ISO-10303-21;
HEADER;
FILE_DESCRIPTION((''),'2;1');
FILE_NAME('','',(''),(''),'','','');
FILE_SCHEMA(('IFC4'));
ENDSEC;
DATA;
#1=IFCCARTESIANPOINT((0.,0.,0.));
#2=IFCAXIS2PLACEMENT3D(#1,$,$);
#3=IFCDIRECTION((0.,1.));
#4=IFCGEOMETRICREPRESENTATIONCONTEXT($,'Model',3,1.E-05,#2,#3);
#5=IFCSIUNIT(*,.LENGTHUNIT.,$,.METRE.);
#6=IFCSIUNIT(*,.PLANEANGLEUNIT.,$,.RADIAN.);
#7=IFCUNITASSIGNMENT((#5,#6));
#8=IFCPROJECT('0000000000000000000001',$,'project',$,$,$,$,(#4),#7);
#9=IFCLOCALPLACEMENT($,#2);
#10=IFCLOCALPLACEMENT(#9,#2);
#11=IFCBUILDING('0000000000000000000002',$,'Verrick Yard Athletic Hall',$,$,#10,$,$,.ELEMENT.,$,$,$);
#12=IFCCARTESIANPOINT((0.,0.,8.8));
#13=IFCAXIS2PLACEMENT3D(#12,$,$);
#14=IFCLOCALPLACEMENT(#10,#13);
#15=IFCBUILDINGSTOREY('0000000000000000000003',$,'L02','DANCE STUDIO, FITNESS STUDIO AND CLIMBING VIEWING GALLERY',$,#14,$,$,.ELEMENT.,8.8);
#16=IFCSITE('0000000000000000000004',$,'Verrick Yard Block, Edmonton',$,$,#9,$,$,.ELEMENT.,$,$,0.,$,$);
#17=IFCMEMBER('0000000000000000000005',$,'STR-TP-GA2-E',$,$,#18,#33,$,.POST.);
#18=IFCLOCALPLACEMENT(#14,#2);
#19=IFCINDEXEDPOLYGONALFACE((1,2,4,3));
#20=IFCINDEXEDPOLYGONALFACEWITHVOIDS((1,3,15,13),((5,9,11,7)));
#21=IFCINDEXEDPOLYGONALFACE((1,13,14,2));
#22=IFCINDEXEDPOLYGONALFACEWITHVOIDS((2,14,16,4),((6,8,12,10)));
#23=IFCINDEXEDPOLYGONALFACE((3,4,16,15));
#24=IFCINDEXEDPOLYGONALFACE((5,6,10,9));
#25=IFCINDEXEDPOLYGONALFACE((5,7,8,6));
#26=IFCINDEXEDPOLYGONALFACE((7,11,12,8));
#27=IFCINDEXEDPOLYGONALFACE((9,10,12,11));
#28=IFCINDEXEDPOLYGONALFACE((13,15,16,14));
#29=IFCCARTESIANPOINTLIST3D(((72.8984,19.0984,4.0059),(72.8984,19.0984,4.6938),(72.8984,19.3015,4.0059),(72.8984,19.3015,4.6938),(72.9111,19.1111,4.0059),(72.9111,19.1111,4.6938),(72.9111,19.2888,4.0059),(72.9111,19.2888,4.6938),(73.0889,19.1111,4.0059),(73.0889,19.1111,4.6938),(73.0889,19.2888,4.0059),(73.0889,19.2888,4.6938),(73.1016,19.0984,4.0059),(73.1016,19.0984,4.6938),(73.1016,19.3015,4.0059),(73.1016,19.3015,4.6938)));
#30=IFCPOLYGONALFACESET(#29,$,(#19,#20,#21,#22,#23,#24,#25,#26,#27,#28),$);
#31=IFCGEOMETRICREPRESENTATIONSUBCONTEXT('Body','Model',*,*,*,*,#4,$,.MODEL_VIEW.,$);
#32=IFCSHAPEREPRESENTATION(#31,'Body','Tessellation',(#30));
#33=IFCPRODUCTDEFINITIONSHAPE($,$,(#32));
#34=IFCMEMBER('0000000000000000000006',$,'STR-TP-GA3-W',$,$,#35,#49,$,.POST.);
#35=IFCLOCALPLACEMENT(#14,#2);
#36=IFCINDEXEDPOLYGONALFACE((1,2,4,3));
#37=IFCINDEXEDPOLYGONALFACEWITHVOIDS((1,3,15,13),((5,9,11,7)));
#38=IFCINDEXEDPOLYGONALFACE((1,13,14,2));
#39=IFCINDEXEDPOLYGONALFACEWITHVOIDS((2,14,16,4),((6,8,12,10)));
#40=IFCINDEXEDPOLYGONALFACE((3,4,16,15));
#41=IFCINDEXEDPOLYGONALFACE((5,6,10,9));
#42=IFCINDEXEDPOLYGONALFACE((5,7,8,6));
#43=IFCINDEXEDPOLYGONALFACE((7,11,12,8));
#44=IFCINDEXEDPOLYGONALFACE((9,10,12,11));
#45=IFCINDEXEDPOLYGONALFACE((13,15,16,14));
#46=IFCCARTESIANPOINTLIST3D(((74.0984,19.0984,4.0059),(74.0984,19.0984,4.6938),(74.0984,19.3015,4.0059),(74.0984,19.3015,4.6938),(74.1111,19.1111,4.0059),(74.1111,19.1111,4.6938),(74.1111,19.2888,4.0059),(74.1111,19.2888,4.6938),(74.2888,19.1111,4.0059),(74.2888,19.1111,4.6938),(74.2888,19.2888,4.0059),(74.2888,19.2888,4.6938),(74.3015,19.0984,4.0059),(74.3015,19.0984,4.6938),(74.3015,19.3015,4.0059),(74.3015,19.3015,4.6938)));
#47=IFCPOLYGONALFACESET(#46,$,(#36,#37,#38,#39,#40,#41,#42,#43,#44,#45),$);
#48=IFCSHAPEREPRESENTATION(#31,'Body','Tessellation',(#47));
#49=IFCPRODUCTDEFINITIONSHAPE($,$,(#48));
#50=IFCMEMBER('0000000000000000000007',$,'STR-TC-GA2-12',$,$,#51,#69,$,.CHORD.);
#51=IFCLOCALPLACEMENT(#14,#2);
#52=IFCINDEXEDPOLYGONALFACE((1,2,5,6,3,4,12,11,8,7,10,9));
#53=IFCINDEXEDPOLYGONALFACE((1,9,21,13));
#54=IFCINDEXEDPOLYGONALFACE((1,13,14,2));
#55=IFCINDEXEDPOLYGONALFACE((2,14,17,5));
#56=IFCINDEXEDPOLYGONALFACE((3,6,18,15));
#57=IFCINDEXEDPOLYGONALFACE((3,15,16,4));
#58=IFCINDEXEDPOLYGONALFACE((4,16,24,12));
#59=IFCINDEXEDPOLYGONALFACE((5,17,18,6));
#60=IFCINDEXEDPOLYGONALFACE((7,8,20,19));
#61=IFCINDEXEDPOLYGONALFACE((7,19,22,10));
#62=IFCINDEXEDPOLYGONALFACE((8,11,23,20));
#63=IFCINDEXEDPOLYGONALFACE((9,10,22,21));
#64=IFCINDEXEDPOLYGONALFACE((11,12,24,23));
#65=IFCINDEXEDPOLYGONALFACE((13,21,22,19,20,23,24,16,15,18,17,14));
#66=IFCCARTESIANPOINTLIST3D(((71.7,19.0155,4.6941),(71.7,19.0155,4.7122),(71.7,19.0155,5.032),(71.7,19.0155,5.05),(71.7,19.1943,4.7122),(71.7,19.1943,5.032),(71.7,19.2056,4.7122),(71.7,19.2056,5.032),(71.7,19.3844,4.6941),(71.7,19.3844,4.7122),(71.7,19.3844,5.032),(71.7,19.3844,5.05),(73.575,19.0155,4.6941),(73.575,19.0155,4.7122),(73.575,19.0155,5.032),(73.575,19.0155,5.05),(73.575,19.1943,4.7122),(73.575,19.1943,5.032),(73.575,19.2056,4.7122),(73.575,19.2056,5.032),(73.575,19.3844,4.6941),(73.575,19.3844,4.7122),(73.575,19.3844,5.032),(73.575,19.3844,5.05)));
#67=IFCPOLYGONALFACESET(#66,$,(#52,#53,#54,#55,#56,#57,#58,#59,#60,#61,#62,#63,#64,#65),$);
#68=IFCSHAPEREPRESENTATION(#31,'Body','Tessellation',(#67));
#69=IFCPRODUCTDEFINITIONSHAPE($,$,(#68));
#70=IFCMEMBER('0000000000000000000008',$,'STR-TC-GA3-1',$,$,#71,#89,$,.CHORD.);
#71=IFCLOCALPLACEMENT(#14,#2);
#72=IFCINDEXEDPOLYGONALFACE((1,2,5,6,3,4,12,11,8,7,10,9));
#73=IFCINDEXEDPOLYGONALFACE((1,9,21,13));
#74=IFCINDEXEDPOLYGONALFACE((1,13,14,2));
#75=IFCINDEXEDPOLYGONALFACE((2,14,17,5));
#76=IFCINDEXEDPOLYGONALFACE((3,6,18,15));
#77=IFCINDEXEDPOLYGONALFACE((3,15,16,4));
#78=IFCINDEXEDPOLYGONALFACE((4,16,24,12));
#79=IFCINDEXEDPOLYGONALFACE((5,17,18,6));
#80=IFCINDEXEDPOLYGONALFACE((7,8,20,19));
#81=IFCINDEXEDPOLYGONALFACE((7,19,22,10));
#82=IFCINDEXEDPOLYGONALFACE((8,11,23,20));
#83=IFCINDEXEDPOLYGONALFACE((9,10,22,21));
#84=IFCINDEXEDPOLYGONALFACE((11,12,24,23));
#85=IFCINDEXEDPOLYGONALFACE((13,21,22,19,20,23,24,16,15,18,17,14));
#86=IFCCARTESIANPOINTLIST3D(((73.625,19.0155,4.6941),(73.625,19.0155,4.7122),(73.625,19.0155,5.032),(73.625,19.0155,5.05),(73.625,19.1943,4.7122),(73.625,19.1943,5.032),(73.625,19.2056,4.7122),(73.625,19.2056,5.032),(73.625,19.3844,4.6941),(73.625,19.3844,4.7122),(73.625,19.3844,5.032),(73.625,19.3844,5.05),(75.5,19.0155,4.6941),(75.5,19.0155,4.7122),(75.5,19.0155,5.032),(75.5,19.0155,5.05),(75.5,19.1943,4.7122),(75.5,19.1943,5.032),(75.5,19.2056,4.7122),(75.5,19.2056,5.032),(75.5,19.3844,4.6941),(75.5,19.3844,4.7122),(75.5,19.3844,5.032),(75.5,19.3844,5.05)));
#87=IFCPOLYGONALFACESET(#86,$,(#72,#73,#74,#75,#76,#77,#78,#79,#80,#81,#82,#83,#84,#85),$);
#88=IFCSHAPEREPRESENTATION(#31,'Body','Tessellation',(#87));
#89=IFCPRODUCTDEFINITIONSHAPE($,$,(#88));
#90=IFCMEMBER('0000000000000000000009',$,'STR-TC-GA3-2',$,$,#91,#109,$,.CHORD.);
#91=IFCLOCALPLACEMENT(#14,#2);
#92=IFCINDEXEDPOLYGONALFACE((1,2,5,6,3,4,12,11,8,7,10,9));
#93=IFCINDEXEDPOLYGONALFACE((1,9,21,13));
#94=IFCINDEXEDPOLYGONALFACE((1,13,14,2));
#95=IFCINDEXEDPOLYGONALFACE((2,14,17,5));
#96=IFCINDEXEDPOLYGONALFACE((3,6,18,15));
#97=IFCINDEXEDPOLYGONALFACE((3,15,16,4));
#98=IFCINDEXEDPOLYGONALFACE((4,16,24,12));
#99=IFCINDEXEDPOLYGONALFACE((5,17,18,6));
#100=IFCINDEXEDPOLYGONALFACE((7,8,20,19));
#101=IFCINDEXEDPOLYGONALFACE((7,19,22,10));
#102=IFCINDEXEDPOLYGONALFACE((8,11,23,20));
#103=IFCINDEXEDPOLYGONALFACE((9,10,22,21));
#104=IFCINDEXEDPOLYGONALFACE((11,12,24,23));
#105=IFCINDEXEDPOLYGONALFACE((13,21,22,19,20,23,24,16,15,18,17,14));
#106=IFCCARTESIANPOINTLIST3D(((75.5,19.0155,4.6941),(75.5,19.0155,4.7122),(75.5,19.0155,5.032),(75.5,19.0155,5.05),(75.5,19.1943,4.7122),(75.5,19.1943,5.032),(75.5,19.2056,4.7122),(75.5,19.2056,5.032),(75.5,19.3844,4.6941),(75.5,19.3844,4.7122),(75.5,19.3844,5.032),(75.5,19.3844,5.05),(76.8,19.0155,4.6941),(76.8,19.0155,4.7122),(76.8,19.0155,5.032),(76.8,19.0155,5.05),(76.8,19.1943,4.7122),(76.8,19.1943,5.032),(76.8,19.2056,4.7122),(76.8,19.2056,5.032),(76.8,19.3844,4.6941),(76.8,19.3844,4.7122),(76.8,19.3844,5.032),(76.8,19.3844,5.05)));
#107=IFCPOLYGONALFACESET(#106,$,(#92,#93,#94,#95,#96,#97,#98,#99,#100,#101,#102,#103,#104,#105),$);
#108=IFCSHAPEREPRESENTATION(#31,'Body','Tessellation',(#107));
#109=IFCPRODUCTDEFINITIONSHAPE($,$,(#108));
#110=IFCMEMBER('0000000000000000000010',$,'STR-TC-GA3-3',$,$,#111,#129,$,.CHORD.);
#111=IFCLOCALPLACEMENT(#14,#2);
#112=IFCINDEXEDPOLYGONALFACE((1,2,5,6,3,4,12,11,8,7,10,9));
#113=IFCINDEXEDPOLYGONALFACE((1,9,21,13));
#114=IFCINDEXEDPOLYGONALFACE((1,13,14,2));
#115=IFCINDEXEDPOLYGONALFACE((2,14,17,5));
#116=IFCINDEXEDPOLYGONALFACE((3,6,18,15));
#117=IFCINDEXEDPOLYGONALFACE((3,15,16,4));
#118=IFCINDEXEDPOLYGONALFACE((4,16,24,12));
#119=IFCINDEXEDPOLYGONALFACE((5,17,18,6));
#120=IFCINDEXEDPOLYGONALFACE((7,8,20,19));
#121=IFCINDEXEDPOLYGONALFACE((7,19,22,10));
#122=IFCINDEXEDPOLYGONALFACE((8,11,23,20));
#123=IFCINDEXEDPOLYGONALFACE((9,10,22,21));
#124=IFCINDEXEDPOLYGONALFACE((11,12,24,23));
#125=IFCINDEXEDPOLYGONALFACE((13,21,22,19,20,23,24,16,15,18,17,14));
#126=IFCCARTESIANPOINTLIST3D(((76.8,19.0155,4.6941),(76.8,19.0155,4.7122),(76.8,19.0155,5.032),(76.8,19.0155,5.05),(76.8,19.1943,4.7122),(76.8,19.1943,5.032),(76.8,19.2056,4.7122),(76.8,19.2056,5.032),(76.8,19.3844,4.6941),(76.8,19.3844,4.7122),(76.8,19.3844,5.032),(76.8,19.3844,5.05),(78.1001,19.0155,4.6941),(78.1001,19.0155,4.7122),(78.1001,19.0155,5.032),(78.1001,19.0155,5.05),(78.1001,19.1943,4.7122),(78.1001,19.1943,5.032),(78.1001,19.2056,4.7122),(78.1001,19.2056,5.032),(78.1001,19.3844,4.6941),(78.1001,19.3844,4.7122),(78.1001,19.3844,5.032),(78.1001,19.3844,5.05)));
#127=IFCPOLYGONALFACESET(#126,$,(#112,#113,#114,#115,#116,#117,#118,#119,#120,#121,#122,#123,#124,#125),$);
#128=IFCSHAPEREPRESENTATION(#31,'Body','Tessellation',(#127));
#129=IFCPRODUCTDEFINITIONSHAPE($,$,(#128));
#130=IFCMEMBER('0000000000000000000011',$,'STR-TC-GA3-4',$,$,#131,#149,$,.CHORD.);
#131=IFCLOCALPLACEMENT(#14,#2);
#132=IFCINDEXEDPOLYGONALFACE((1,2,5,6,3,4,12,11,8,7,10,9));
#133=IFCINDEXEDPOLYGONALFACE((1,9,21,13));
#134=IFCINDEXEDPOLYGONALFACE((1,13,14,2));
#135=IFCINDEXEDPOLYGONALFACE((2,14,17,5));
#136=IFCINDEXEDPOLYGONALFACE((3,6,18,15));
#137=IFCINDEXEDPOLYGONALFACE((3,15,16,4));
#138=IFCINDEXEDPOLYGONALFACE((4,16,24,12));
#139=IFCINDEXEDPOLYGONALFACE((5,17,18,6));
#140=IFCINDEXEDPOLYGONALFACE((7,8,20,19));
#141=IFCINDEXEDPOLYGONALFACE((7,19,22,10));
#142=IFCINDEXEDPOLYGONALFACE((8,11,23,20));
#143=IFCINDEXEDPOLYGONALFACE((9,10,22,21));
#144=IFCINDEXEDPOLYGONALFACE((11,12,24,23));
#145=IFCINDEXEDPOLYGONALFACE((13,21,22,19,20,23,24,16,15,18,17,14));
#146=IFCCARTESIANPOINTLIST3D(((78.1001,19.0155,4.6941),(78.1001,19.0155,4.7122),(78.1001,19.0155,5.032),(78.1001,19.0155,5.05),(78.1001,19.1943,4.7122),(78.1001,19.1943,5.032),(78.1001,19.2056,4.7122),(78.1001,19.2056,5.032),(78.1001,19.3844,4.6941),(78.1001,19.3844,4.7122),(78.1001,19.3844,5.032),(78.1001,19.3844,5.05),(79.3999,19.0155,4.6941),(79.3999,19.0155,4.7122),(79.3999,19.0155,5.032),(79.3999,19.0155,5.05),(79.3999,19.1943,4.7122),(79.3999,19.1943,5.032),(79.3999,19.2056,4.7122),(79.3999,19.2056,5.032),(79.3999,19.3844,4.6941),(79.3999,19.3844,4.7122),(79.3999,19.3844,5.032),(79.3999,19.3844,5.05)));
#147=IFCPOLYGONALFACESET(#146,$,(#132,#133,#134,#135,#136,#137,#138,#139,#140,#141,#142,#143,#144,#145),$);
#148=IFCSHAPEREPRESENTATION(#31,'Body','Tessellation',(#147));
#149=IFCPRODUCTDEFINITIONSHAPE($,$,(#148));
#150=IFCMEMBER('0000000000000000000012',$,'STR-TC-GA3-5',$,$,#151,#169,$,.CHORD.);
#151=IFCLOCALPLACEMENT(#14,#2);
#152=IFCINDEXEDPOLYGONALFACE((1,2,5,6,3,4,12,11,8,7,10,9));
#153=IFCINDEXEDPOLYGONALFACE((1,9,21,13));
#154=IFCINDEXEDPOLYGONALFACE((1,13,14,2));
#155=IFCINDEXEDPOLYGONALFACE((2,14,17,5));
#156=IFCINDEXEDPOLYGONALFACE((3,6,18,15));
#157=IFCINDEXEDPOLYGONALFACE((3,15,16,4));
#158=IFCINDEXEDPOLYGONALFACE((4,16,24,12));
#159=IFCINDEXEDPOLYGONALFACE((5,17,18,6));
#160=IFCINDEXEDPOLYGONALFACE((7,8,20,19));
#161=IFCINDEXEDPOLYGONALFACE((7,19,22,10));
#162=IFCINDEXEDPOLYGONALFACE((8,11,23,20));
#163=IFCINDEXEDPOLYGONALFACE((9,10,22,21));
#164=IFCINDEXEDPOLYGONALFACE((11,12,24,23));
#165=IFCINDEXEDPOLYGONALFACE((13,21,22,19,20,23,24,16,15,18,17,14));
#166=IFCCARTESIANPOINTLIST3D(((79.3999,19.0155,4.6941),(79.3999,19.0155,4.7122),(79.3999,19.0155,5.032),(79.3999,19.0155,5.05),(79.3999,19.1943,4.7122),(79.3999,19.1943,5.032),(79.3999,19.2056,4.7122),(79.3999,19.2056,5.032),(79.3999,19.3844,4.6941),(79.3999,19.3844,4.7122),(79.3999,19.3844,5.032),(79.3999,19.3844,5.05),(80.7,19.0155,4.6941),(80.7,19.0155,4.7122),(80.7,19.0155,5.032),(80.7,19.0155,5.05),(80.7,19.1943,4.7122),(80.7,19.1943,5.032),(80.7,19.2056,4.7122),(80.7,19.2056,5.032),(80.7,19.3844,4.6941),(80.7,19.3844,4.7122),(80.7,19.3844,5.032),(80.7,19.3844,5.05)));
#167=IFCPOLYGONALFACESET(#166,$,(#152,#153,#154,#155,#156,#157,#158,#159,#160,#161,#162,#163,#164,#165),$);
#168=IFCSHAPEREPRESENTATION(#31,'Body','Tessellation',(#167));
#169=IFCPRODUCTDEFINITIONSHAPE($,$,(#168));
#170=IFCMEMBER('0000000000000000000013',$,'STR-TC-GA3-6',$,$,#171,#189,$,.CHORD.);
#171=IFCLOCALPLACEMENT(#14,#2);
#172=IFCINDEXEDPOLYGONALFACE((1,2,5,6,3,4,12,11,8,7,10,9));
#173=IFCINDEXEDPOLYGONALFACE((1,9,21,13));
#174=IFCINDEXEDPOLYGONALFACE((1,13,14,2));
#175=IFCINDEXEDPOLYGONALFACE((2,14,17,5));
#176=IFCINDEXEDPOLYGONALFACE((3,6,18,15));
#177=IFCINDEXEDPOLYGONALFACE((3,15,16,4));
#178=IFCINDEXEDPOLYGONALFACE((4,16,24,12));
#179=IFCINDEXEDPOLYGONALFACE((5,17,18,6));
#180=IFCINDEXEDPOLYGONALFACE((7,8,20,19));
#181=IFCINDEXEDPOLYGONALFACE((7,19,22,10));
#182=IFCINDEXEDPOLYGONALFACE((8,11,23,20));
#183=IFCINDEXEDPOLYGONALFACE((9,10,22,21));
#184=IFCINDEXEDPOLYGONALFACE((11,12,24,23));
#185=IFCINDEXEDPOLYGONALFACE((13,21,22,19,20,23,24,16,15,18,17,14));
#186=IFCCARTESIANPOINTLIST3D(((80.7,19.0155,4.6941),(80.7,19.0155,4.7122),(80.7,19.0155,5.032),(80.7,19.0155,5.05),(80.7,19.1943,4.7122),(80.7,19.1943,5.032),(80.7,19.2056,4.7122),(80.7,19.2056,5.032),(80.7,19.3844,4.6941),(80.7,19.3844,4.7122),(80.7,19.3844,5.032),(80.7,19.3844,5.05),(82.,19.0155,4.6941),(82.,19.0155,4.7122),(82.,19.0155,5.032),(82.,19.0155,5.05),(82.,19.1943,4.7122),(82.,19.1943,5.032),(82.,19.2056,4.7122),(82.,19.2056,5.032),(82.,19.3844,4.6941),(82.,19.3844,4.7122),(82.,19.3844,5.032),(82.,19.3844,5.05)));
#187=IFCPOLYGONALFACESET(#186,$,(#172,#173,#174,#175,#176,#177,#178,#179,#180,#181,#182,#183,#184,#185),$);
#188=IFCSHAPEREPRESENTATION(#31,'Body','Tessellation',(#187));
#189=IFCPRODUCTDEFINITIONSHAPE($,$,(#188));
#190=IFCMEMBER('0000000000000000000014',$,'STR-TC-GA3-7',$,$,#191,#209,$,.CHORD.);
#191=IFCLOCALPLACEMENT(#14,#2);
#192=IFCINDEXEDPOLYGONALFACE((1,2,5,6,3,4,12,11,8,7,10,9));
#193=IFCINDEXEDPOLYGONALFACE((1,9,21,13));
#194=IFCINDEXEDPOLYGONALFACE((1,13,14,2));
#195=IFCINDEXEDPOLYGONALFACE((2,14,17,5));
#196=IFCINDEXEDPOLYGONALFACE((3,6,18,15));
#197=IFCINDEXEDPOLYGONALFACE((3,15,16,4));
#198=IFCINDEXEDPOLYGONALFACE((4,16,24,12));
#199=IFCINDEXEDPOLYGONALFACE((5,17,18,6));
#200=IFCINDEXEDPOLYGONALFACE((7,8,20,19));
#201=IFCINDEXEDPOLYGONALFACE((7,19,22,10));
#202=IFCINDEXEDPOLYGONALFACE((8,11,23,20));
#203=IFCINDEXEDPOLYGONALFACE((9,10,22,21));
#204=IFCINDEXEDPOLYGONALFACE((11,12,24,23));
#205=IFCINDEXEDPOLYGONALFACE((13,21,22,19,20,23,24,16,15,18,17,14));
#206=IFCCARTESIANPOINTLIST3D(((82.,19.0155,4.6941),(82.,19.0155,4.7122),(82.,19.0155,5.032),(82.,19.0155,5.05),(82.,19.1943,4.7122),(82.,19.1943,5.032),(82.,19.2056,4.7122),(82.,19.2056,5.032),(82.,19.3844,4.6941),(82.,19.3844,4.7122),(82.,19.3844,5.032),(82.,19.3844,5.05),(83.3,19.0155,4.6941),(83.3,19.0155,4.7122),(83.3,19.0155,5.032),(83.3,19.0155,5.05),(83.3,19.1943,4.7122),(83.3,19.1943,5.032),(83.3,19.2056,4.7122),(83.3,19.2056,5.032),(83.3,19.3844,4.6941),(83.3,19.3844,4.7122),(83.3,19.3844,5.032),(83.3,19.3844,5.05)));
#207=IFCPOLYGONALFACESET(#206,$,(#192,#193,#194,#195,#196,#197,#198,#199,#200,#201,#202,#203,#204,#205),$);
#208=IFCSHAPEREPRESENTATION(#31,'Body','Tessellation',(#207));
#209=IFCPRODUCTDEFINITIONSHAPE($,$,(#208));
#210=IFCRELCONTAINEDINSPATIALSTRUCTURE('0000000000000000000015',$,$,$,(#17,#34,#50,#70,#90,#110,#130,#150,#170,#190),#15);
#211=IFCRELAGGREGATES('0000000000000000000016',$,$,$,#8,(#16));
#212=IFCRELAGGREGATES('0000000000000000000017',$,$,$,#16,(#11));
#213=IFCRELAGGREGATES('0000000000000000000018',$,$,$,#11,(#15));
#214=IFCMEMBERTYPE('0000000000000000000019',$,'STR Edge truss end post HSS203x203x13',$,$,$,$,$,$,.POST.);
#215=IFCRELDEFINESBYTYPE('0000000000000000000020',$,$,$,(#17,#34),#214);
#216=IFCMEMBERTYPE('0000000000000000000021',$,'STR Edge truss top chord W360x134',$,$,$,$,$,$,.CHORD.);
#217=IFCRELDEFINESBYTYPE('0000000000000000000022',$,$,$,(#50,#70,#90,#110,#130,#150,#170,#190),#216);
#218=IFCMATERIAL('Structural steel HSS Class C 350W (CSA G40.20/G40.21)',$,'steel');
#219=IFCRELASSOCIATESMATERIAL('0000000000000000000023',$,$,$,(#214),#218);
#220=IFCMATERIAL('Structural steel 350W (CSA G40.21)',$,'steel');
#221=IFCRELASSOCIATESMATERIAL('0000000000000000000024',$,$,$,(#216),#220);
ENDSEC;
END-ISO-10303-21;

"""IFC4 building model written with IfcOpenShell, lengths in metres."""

from ifc_helpers import new_model, si_unit, direction, frame, origin, origin_2d, place, context, subcontext, project, spatial, hollow_rectangle, i_section, extrude, material, material_profile, profile_set, type_object, element, save


model = new_model("IFC4")

# Units and contexts
model_context = context("Model", 3, precision=1e-05, world=origin(), true_north=direction((0.0, 1.0)))
body_context = subcontext(model_context, "Body", "Model", "MODEL_VIEW")
ifc_project = project(units=[si_unit("LENGTHUNIT", "METRE"), si_unit("PLANEANGLEUNIT", "RADIAN")], contexts=[model_context])

# Site, building, storey
site_placement = place(None, origin())
site = spatial("IfcSite", under=ifc_project, at=site_placement, Name="Verrick Yard Block, Edmonton", CompositionType="ELEMENT", RefElevation=0.0)
building_placement = place(site_placement, origin())
building = spatial("IfcBuilding", under=site, at=building_placement, Name="Verrick Yard Athletic Hall", CompositionType="ELEMENT")
storey_placement = place(building_placement, frame((0.0, 0.0, 8.8)))
storey = spatial("IfcBuildingStorey", under=building, at=storey_placement, Name="L02", Description="DANCE STUDIO, FITNESS STUDIO AND CLIMBING VIEWING GALLERY", CompositionType="ELEMENT", Elevation=8.8)

# Members
ifc_material_1 = material(Name="Structural steel 350W (CSA G40.21)", Category="steel")
ifc_material_2 = material(Name="Structural steel HSS Class C 350W (CSA G40.20/G40.21)", Category="steel")
ifc_material_profile_1 = material_profile(ifc_material_2, hollow_rectangle(XDim=0.2031, YDim=0.2031, WallThickness=0.0127, at=origin_2d()), Name="HSS203x203x13")
ifc_profile_set_1 = profile_set([ifc_material_profile_1], Name="Structural steel HSS Class C 350W (CSA G40.20/G40.21)")
member_type_1 = type_object("IfcMemberType", Name="STR Edge truss end post HSS203x203x13", PredefinedType="POST", material=ifc_profile_set_1)
for number, where, z_axis, x_axis, name in (
    (1, (73.0, 19.2, 4.0059), (0.0, 0.0, 1.0), (1.0, 0.0, 0.0), "STR-TP-GA2-E"),
    (2, (74.2, 19.2, 4.0059), (0.0, 0.0, 1.0), (1.0, 0.0, 0.0), "STR-TP-GA3-W"),
):
    element("IfcMember", number, at=place(storey_placement, frame(where, z_axis=z_axis, x_axis=x_axis)), inside=storey, type_object=member_type_1, Name=name, PredefinedType="POST", context=body_context, shape_type="SweptSolid", body=[
        extrude(hollow_rectangle(XDim=0.2031, YDim=0.2031, WallThickness=0.0127, at=origin_2d()), origin(), (0.0, 0.0, 1.0), 0.688),
    ])
ifc_material_profile_2 = material_profile(ifc_material_1, i_section(OverallWidth=0.3689, OverallDepth=0.356, WebThickness=0.0112, FlangeThickness=0.0181, at=origin_2d()), Name="W360x134")
ifc_profile_set_2 = profile_set([ifc_material_profile_2], Name="Structural steel 350W (CSA G40.21)")
member_type_2 = type_object("IfcMemberType", Name="STR Edge truss top chord W360x134", PredefinedType="CHORD", material=ifc_profile_set_2)
for number, where, z_axis, x_axis, name in (
    (3, (71.7, 19.2, 4.8721), (1.0, 0.0, 0.0), (0.0, 1.0, 0.0), "STR-TC-GA2-12"),
    (4, (73.625, 19.2, 4.8721), (1.0, 0.0, 0.0), (0.0, 1.0, 0.0), "STR-TC-GA3-1"),
):
    element("IfcMember", number, at=place(storey_placement, frame(where, z_axis=z_axis, x_axis=x_axis)), inside=storey, type_object=member_type_2, Name=name, PredefinedType="CHORD", context=body_context, shape_type="SweptSolid", body=[
        extrude(i_section(OverallWidth=0.3689, OverallDepth=0.356, WebThickness=0.0112, FlangeThickness=0.0181, at=origin_2d()), origin(), (0.0, 0.0, 1.0), 1.875),
    ])
for number, where, z_axis, x_axis, name in (
    (5, (75.5, 19.2, 4.8721), (1.0, 0.0, 0.0), (0.0, 1.0, 0.0), "STR-TC-GA3-2"),
    (6, (76.8, 19.2, 4.8721), (1.0, 0.0, 0.0), (0.0, 1.0, 0.0), "STR-TC-GA3-3"),
):
    element("IfcMember", number, at=place(storey_placement, frame(where, z_axis=z_axis, x_axis=x_axis)), inside=storey, type_object=member_type_2, Name=name, PredefinedType="CHORD", context=body_context, shape_type="SweptSolid", body=[
        extrude(i_section(OverallWidth=0.3689, OverallDepth=0.356, WebThickness=0.0112, FlangeThickness=0.0181, at=origin_2d()), origin(), (0.0, 0.0, 1.0), 1.3),
    ])
member_1_placement = place(storey_placement, frame((78.1001, 19.2, 4.8721), z_axis=(1.0, 0.0, 0.0), x_axis=(0.0, 1.0, 0.0)))
element("IfcMember", 7, at=member_1_placement, inside=storey, type_object=member_type_2, Name="STR-TC-GA3-4", PredefinedType="CHORD", context=body_context, shape_type="SweptSolid", body=[
    extrude(i_section(OverallWidth=0.3689, OverallDepth=0.356, WebThickness=0.0112, FlangeThickness=0.0181, at=origin_2d()), origin(), (0.0, 0.0, 1.0), 1.2998),
])
for number, where, z_axis, x_axis, name in (
    (8, (79.3999, 19.2, 4.8721), (1.0, 0.0, 0.0), (0.0, 1.0, 0.0), "STR-TC-GA3-5"),
    (9, (80.7, 19.2, 4.8721), (1.0, 0.0, 0.0), (0.0, 1.0, 0.0), "STR-TC-GA3-6"),
    (10, (82.0, 19.2, 4.8721), (1.0, 0.0, 0.0), (0.0, 1.0, 0.0), "STR-TC-GA3-7"),
):
    element("IfcMember", number, at=place(storey_placement, frame(where, z_axis=z_axis, x_axis=x_axis)), inside=storey, type_object=member_type_2, Name=name, PredefinedType="CHORD", context=body_context, shape_type="SweptSolid", body=[
        extrude(i_section(OverallWidth=0.3689, OverallDepth=0.356, WebThickness=0.0112, FlangeThickness=0.0181, at=origin_2d()), origin(), (0.0, 0.0, 1.0), 1.3),
    ])

save(model, "model.ifc")
